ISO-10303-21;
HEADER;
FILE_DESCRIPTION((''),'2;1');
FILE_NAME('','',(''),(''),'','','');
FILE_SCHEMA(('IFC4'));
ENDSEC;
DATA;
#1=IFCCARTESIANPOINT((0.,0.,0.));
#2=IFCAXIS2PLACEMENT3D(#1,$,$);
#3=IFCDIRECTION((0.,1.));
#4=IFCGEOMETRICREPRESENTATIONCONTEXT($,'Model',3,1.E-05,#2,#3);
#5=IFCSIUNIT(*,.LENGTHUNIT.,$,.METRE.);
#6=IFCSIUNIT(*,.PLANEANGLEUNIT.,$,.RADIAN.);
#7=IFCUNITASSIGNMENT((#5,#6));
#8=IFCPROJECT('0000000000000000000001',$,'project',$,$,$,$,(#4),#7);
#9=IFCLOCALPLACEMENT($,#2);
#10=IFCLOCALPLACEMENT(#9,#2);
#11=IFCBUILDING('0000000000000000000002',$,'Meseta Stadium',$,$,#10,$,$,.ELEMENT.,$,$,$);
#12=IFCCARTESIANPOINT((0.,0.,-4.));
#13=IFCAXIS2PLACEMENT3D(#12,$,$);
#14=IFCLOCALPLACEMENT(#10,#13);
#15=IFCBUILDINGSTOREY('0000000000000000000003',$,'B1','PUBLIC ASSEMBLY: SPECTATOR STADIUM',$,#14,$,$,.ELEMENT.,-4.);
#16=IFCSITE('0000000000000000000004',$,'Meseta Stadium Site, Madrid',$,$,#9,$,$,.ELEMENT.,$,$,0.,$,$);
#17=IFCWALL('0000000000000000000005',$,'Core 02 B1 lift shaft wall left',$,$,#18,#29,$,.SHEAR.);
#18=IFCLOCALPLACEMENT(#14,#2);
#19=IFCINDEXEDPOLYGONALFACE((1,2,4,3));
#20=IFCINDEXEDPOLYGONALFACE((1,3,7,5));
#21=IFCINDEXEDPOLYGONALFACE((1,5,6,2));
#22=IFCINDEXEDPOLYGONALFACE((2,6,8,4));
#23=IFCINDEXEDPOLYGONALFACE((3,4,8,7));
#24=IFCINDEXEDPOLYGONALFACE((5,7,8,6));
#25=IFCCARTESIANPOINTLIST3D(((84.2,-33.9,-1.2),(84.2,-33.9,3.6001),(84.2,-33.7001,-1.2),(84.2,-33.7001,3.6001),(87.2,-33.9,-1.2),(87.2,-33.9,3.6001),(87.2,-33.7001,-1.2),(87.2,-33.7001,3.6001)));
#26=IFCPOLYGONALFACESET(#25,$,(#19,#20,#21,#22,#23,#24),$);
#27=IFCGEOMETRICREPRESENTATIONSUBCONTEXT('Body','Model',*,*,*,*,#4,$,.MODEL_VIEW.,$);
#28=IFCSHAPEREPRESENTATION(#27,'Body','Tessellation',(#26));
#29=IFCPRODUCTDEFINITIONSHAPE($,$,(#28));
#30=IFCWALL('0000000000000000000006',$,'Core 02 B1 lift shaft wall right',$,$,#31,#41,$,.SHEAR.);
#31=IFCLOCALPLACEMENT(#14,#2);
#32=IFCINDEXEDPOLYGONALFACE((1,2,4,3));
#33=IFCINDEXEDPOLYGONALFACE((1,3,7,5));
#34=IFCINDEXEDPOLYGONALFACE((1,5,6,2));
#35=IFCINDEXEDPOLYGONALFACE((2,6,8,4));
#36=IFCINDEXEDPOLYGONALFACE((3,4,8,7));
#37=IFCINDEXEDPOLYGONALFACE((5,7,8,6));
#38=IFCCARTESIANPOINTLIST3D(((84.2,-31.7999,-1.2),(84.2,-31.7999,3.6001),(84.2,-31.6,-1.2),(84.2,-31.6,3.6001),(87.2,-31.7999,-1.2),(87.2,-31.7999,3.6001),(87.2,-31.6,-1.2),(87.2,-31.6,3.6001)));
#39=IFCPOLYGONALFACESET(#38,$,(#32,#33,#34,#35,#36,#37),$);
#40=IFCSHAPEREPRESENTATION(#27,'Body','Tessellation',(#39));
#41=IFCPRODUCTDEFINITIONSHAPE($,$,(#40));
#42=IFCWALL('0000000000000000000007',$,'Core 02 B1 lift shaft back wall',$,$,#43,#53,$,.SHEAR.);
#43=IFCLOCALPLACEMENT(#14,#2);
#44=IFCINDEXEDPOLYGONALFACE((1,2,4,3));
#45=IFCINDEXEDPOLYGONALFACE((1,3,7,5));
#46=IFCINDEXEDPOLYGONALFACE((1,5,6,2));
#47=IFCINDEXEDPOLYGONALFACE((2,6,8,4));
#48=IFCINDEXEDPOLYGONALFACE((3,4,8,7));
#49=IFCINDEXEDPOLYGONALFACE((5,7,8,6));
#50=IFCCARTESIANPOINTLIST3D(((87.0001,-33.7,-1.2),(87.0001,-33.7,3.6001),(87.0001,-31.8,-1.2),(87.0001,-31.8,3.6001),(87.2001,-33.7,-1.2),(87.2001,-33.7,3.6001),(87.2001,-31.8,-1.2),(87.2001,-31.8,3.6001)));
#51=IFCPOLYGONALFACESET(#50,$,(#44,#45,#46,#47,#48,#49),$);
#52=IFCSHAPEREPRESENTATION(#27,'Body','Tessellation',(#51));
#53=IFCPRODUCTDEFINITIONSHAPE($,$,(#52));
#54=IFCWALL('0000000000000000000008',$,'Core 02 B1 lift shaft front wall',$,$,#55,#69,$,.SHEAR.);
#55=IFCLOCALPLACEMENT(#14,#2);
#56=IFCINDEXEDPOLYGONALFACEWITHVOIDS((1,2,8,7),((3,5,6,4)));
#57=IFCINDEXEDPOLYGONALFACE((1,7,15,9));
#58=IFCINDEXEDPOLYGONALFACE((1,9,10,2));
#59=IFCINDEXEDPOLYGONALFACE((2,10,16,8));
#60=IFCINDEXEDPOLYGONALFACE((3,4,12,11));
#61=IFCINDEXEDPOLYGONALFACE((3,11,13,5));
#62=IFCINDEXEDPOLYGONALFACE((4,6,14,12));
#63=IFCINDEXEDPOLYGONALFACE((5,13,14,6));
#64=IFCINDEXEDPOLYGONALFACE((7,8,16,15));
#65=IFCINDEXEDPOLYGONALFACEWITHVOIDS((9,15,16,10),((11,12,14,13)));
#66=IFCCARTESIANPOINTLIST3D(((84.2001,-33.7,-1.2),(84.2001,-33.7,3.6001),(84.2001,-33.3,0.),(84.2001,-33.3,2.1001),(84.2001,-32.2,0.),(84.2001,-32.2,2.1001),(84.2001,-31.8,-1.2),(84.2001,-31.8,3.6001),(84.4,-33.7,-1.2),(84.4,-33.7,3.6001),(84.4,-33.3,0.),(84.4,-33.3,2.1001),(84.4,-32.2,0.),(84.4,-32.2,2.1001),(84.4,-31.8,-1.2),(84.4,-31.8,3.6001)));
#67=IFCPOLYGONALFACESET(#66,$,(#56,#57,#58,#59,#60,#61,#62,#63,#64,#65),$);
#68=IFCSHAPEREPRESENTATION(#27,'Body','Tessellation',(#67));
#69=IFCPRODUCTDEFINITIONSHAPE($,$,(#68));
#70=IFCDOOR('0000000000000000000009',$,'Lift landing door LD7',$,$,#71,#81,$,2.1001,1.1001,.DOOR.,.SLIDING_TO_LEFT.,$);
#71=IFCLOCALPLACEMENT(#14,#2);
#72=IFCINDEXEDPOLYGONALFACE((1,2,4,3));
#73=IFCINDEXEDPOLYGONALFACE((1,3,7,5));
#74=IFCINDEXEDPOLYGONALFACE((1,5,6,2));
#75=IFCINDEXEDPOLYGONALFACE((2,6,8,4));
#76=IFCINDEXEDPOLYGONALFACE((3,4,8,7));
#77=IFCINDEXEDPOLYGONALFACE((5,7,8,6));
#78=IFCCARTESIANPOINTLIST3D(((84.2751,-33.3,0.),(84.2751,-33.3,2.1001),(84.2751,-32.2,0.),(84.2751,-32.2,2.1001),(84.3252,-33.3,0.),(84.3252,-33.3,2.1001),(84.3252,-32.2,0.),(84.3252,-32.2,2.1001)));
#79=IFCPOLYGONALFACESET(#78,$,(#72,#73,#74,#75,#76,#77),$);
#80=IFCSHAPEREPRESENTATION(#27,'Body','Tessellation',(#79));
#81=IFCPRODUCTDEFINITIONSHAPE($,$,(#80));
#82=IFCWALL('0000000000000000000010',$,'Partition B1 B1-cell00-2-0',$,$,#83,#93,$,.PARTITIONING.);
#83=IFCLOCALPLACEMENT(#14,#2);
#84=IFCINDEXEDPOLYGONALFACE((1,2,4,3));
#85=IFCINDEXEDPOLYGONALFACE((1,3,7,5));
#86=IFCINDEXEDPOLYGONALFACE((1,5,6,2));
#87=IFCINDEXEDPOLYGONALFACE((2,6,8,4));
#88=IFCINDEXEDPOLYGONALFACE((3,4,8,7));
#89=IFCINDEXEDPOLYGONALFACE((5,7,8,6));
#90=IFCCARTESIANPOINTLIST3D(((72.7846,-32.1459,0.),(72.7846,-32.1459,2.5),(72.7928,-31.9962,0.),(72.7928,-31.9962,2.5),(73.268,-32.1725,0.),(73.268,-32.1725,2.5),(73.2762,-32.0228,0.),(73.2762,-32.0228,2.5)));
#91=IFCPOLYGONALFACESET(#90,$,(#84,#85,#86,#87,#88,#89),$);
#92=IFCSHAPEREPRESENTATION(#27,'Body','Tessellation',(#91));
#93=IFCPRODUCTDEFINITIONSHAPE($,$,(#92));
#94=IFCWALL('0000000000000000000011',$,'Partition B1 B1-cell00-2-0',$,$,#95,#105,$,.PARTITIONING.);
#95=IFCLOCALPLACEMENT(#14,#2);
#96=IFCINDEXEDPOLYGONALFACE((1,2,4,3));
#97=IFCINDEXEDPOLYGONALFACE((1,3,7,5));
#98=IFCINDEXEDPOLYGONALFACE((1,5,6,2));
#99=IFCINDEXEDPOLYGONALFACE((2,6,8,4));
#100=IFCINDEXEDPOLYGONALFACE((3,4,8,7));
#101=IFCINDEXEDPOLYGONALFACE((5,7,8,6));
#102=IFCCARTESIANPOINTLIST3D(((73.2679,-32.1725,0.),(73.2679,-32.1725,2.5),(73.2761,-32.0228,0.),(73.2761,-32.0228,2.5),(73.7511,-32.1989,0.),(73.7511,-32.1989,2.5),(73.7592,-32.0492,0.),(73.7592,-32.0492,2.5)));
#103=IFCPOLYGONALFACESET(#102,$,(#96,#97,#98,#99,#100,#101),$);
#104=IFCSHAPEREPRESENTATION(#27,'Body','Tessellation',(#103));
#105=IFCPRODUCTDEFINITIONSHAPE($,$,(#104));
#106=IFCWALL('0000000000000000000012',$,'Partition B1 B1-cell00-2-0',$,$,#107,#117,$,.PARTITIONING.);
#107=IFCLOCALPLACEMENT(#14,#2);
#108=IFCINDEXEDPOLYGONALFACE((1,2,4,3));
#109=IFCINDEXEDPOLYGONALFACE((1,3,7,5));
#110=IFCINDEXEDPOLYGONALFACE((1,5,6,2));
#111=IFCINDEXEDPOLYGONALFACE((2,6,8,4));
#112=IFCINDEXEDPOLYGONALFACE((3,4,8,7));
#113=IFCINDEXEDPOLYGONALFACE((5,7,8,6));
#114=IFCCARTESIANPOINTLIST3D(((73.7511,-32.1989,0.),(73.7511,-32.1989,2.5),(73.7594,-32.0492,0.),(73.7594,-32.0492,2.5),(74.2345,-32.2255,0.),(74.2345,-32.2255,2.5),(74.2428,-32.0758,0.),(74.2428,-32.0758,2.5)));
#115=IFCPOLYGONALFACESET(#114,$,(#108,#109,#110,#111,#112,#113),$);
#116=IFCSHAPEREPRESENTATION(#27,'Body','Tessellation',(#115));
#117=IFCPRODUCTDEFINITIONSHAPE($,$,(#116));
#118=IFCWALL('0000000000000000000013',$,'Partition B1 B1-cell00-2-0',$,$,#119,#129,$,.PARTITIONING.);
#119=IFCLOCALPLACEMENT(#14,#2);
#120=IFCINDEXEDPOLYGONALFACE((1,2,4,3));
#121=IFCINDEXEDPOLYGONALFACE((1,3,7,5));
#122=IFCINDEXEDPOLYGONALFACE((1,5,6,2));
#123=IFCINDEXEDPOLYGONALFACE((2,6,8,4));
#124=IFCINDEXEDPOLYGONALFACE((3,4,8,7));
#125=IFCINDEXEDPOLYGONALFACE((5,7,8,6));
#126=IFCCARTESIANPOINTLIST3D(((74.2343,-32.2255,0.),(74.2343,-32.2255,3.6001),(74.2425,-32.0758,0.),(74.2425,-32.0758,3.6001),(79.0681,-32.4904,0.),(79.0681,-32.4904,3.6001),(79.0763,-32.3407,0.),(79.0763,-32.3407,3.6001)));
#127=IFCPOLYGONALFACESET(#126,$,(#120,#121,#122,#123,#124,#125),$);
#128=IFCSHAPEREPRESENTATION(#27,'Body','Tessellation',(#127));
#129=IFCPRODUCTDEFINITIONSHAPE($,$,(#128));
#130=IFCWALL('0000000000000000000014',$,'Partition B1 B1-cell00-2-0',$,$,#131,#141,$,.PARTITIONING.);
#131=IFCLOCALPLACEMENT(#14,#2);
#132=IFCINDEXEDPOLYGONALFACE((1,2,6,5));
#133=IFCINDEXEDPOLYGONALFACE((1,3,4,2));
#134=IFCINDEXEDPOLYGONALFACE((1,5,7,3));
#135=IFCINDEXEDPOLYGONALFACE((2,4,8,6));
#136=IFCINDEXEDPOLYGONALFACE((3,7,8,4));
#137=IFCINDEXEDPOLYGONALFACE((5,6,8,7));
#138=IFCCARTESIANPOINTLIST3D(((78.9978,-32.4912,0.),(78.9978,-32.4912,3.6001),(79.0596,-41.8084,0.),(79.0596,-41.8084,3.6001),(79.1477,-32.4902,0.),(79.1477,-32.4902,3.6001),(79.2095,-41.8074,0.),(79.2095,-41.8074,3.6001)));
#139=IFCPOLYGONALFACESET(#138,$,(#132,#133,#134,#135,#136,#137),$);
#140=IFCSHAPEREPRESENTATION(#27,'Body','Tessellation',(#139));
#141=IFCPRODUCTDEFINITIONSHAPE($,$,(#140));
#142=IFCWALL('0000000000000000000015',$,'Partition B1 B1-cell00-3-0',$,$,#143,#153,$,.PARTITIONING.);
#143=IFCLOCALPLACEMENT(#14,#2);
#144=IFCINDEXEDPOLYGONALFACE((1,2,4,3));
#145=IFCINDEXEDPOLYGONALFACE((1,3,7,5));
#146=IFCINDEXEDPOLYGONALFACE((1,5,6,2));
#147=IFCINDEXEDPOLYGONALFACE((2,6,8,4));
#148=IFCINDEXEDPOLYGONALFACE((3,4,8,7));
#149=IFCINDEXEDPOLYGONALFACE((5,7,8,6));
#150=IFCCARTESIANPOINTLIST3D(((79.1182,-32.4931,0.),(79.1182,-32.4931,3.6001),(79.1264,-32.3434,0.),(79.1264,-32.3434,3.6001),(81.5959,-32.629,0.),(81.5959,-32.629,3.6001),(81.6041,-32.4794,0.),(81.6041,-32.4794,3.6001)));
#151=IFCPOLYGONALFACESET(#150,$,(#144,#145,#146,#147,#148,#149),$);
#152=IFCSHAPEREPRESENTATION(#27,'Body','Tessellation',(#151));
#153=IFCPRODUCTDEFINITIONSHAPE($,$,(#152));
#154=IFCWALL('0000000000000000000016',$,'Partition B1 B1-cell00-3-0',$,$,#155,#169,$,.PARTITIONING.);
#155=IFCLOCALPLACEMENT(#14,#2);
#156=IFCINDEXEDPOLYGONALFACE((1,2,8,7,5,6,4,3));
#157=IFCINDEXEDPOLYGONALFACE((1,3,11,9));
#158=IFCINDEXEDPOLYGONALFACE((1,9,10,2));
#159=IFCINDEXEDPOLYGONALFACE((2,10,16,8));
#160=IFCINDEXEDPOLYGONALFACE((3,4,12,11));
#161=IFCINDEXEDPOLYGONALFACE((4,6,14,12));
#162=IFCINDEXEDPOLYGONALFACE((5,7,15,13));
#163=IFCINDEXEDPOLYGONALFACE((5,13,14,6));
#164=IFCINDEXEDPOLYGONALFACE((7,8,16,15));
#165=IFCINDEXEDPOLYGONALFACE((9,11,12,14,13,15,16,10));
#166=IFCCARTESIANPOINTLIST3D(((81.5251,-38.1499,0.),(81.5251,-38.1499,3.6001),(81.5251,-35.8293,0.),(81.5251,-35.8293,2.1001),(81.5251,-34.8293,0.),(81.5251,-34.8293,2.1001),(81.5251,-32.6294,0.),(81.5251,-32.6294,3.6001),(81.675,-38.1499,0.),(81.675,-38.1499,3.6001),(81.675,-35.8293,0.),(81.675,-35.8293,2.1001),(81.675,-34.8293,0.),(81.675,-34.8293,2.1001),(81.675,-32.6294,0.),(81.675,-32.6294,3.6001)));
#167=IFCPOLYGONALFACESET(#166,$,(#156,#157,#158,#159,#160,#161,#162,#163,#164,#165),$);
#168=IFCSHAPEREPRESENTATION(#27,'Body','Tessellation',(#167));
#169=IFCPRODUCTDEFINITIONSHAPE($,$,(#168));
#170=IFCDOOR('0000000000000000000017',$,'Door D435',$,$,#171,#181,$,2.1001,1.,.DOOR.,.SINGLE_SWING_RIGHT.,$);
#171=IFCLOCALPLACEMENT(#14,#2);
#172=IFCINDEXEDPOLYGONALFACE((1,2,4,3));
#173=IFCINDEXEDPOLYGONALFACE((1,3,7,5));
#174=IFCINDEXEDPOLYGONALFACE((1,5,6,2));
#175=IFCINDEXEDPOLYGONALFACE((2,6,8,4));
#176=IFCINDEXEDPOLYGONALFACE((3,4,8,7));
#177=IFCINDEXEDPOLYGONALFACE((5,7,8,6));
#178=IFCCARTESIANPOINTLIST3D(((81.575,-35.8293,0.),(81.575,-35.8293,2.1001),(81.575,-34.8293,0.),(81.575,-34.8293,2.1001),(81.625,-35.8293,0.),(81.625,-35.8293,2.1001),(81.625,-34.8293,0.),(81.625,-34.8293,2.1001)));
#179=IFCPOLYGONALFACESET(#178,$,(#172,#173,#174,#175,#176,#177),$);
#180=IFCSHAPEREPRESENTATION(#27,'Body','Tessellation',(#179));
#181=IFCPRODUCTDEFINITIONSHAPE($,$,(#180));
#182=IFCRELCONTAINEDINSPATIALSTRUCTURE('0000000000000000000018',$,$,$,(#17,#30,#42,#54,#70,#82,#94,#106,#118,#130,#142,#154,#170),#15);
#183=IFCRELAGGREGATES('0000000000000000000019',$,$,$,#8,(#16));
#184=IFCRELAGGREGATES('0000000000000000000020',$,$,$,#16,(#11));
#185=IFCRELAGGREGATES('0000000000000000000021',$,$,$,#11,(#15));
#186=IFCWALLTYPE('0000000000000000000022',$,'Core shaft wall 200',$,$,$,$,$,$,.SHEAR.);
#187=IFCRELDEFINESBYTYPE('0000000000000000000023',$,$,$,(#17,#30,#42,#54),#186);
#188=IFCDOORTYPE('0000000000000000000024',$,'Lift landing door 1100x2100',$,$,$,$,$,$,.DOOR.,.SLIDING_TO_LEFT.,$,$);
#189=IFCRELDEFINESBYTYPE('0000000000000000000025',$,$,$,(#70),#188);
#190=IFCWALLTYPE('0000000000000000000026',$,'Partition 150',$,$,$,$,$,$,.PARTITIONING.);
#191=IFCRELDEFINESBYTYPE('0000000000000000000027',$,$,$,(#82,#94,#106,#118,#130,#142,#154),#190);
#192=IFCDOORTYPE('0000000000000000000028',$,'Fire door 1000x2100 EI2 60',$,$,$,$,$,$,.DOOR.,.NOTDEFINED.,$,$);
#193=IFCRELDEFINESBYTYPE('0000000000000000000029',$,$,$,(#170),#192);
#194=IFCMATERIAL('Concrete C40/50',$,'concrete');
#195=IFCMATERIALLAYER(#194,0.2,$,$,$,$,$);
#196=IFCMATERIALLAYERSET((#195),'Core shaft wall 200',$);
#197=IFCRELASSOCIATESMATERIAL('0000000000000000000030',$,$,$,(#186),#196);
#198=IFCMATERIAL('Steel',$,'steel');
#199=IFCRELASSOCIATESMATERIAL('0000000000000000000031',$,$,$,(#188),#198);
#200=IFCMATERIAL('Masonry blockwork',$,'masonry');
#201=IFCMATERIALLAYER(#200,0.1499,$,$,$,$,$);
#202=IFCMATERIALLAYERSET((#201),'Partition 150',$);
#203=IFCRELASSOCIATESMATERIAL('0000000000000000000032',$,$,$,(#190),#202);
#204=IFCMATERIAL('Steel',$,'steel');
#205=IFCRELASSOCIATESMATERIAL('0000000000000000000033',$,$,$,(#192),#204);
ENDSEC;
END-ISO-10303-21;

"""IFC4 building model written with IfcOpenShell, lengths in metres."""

from ifc_helpers import new_model, si_unit, direction, frame, frame_2d, origin, place, context, subcontext, project, spatial, rectangle, extrude, material, layer, layer_set, type_object, element, fill, save


model = new_model("IFC4")

# Units and contexts
model_context = context("Model", 3, precision=1e-05, world=origin(), true_north=direction((0.0, 1.0)))
body_context = subcontext(model_context, "Body", "Model", "MODEL_VIEW")
ifc_project = project(units=[si_unit("LENGTHUNIT", "METRE"), si_unit("PLANEANGLEUNIT", "RADIAN")], contexts=[model_context])

# Site, building, storey
site_placement = place(None, origin())
site = spatial("IfcSite", under=ifc_project, at=site_placement, Name="Meseta Stadium Site, Madrid", CompositionType="ELEMENT", RefElevation=0.0)
building_placement = place(site_placement, origin())
building = spatial("IfcBuilding", under=site, at=building_placement, Name="Meseta Stadium", CompositionType="ELEMENT")
storey_placement = place(building_placement, frame((0.0, 0.0, -4.0)))
storey = spatial("IfcBuildingStorey", under=building, at=storey_placement, Name="B1", Description="PUBLIC ASSEMBLY: SPECTATOR STADIUM", CompositionType="ELEMENT", Elevation=-4.0)

# Walls
ifc_material_1 = material(Name="Concrete C40/50", Category="concrete")
ifc_layer_1 = layer(ifc_material_1, 0.2)
ifc_layer_set_1 = layer_set([ifc_layer_1], Name="Core shaft wall 200")
wall_type_1 = type_object("IfcWallType", Name="Core shaft wall 200", PredefinedType="SHEAR", material=ifc_layer_set_1)
for number, where, z_axis, x_axis, name in (
    (1, (87.2, -33.8, -1.2), (0.0, 0.0, 1.0), (-1.0, 0.0, 0.0), "Core 02 B1 lift shaft wall left"),
    (2, (87.2, -31.7, -1.2), (0.0, 0.0, 1.0), (-1.0, 0.0, 0.0), "Core 02 B1 lift shaft wall right"),
):
    element("IfcWall", number, at=place(storey_placement, frame(where, z_axis=z_axis, x_axis=x_axis)), inside=storey, type_object=wall_type_1, Name=name, PredefinedType="SHEAR", context=body_context, shape_type="SweptSolid", body=[
        extrude(rectangle(XDim=3.0, YDim=0.2, at=frame_2d((1.5, 0.0))), origin(), (0.0, 0.0, 1.0), 4.8),
    ])
wall_1_placement = place(storey_placement, frame((87.1001, -33.7, -1.2), z_axis=(0.0, 0.0, 1.0), x_axis=(0.0, 1.0, 0.0)))
element("IfcWall", 3, at=wall_1_placement, inside=storey, type_object=wall_type_1, Name="Core 02 B1 lift shaft back wall", PredefinedType="SHEAR", context=body_context, shape_type="SweptSolid", body=[
    extrude(rectangle(XDim=1.8999, YDim=0.2, at=frame_2d((0.95, 0.0))), origin(), (0.0, 0.0, 1.0), 4.8),
])

# Wall, opening, door
wall_2_placement = place(storey_placement, frame((84.3, -33.7, -1.2), z_axis=(0.0, 0.0, 1.0), x_axis=(0.0, 1.0, 0.0)))
wall_2 = element("IfcWall", 4, at=wall_2_placement, inside=storey, type_object=wall_type_1, Name="Core 02 B1 lift shaft front wall", PredefinedType="SHEAR", context=body_context, shape_type="SweptSolid", body=[
    extrude(rectangle(XDim=1.8999, YDim=0.2, at=frame_2d((0.95, 0.0))), origin(), (0.0, 0.0, 1.0), 4.8),
])
opening_1_placement = place(wall_2_placement, frame((0.3999, 0.0, 1.2)))
opening_1 = element("IfcOpeningElement", 5, at=opening_1_placement, cuts=wall_2, PredefinedType="OPENING", context=body_context, shape_type="SweptSolid", body=[
    extrude(rectangle(XDim=1.1001, YDim=2.1001, at=frame_2d((0.55, 1.05))), frame((0.0, 0.1099, 0.0), z_axis=(0.0, -1.0, 0.0), x_axis=(1.0, 0.0, 0.0)), (0.0, 0.0, 1.0), 0.22),
])
ifc_material_2 = material(Name="Steel", Category="steel")
door_type_1 = type_object("IfcDoorType", Name="Lift landing door 1100x2100", OperationType="SLIDING_TO_LEFT", PredefinedType="DOOR", material=ifc_material_2)
door_1_placement = place(opening_1_placement, origin())
door_1 = element("IfcDoor", 6, at=door_1_placement, inside=storey, type_object=door_type_1, Name="Lift landing door LD7", OperationType="SLIDING_TO_LEFT", OverallHeight=2.1001, OverallWidth=1.1001, PredefinedType="DOOR", context=body_context, shape_type="SweptSolid", body=[
    extrude(rectangle(XDim=1.1001, YDim=2.1001, at=frame_2d((0.55, 1.05))), frame((0.0, 0.0249, 0.0), z_axis=(0.0, -1.0, 0.0), x_axis=(1.0, 0.0, 0.0)), (0.0, 0.0, 1.0), 0.05),
])
fill(opening_1, door_1)

# Walls
ifc_material_3 = material(Name="Masonry blockwork", Category="masonry")
ifc_layer_2 = layer(ifc_material_3, 0.1499)
ifc_layer_set_2 = layer_set([ifc_layer_2], Name="Partition 150")
wall_type_2 = type_object("IfcWallType", Name="Partition 150", PredefinedType="PARTITIONING", material=ifc_layer_set_2)
wall_3_placement = place(storey_placement, frame((72.7886, -32.071, 0.0), z_axis=(0.0, 0.0, 1.0), x_axis=(0.998488, -0.054967, 0.0)))
element("IfcWall", 7, at=wall_3_placement, inside=storey, type_object=wall_type_2, Name="Partition B1 B1-cell00-2-0", PredefinedType="PARTITIONING", context=body_context, shape_type="SweptSolid", body=[
    extrude(rectangle(XDim=0.4841, YDim=0.1499, at=frame_2d((0.2422, 0.0))), origin(), (0.0, 0.0, 1.0), 2.5),
])
wall_4_placement = place(storey_placement, frame((73.272, -32.0977, 0.0), z_axis=(0.0, 0.0, 1.0), x_axis=(0.998514, -0.054492, 0.0)))
element("IfcWall", 8, at=wall_4_placement, inside=storey, type_object=wall_type_2, Name="Partition B1 B1-cell00-2-0", PredefinedType="PARTITIONING", context=body_context, shape_type="SweptSolid", body=[
    extrude(rectangle(XDim=0.4839, YDim=0.1499, at=frame_2d((0.2419, 0.0))), origin(), (0.0, 0.0, 1.0), 2.5),
])
wall_5_placement = place(storey_placement, frame((73.7551, -32.124, 0.0), z_axis=(0.0, 0.0, 1.0), x_axis=(0.998488, -0.054967, 0.0)))
element("IfcWall", 9, at=wall_5_placement, inside=storey, type_object=wall_type_2, Name="Partition B1 B1-cell00-2-0", PredefinedType="PARTITIONING", context=body_context, shape_type="SweptSolid", body=[
    extrude(rectangle(XDim=0.4841, YDim=0.1499, at=frame_2d((0.2422, 0.0))), origin(), (0.0, 0.0, 1.0), 2.5),
])
wall_6_placement = place(storey_placement, frame((74.2385, -32.1506, 0.0), z_axis=(0.0, 0.0, 1.0), x_axis=(0.998502, -0.054719, 0.0)))
element("IfcWall", 10, at=wall_6_placement, inside=storey, type_object=wall_type_2, Name="Partition B1 B1-cell00-2-0", PredefinedType="PARTITIONING", context=body_context, shape_type="SweptSolid", body=[
    extrude(rectangle(XDim=4.8411, YDim=0.1499, at=frame_2d((2.4204, 0.0))), origin(), (0.0, 0.0, 1.0), 3.6001),
])
wall_7_placement = place(storey_placement, frame((79.0728, -32.4907, 0.0), z_axis=(0.0, 0.0, 1.0), x_axis=(0.006629, -0.999978, 0.0)))
element("IfcWall", 11, at=wall_7_placement, inside=storey, type_object=wall_type_2, Name="Partition B1 B1-cell00-2-0", PredefinedType="PARTITIONING", context=body_context, shape_type="SweptSolid", body=[
    extrude(rectangle(XDim=9.3174, YDim=0.1499, at=frame_2d((4.6587, 0.0))), origin(), (0.0, 0.0, 1.0), 3.6001),
])
wall_8_placement = place(storey_placement, frame((79.1223, -32.4182, 0.0), z_axis=(0.0, 0.0, 1.0), x_axis=(0.998497, -0.0548, 0.0)))
element("IfcWall", 12, at=wall_8_placement, inside=storey, type_object=wall_type_2, Name="Partition B1 B1-cell00-3-0", PredefinedType="PARTITIONING", context=body_context, shape_type="SweptSolid", body=[
    extrude(rectangle(XDim=2.4814, YDim=0.1499, at=frame_2d((1.2407, 0.0))), origin(), (0.0, 0.0, 1.0), 3.6001),
])

# Wall, opening, door
wall_9_placement = place(storey_placement, frame((81.6001, -32.6294, 0.0), z_axis=(0.0, 0.0, 1.0), x_axis=(0.0, -1.0, 0.0)))
wall_9 = element("IfcWall", 13, at=wall_9_placement, inside=storey, type_object=wall_type_2, Name="Partition B1 B1-cell00-3-0", PredefinedType="PARTITIONING", context=body_context, shape_type="SweptSolid", body=[
    extrude(rectangle(XDim=5.5205, YDim=0.1499, at=frame_2d((2.7603, 0.0))), origin(), (0.0, 0.0, 1.0), 3.6001),
])
opening_2_placement = place(wall_9_placement, frame((2.2, 0.0, 0.0)))
opening_2 = element("IfcOpeningElement", 14, at=opening_2_placement, cuts=wall_9, PredefinedType="OPENING", context=body_context, shape_type="SweptSolid", body=[
    extrude(rectangle(XDim=1.0, YDim=2.1001, at=frame_2d((0.5, 1.05))), frame((0.0, 0.085, 0.0), z_axis=(0.0, -1.0, 0.0), x_axis=(1.0, 0.0, 0.0)), (0.0, 0.0, 1.0), 0.1699),
])
ifc_material_4 = material(Name="Steel", Category="steel")
door_type_2 = type_object("IfcDoorType", Name="Fire door 1000x2100 EI2 60", OperationType="NOTDEFINED", PredefinedType="DOOR", material=ifc_material_4)
door_2_placement = place(opening_2_placement, origin())
door_2 = element("IfcDoor", 15, at=door_2_placement, inside=storey, type_object=door_type_2, Name="Door D435", OperationType="SINGLE_SWING_RIGHT", OverallHeight=2.1001, OverallWidth=1.0, PredefinedType="DOOR", context=body_context, shape_type="SweptSolid", body=[
    extrude(rectangle(XDim=1.0, YDim=2.1001, at=frame_2d((0.5, 1.05))), frame((0.0, 0.0249, 0.0), z_axis=(0.0, -1.0, 0.0), x_axis=(1.0, 0.0, 0.0)), (0.0, 0.0, 1.0), 0.05),
])
fill(opening_2, door_2)

save(model, "model.ifc")
